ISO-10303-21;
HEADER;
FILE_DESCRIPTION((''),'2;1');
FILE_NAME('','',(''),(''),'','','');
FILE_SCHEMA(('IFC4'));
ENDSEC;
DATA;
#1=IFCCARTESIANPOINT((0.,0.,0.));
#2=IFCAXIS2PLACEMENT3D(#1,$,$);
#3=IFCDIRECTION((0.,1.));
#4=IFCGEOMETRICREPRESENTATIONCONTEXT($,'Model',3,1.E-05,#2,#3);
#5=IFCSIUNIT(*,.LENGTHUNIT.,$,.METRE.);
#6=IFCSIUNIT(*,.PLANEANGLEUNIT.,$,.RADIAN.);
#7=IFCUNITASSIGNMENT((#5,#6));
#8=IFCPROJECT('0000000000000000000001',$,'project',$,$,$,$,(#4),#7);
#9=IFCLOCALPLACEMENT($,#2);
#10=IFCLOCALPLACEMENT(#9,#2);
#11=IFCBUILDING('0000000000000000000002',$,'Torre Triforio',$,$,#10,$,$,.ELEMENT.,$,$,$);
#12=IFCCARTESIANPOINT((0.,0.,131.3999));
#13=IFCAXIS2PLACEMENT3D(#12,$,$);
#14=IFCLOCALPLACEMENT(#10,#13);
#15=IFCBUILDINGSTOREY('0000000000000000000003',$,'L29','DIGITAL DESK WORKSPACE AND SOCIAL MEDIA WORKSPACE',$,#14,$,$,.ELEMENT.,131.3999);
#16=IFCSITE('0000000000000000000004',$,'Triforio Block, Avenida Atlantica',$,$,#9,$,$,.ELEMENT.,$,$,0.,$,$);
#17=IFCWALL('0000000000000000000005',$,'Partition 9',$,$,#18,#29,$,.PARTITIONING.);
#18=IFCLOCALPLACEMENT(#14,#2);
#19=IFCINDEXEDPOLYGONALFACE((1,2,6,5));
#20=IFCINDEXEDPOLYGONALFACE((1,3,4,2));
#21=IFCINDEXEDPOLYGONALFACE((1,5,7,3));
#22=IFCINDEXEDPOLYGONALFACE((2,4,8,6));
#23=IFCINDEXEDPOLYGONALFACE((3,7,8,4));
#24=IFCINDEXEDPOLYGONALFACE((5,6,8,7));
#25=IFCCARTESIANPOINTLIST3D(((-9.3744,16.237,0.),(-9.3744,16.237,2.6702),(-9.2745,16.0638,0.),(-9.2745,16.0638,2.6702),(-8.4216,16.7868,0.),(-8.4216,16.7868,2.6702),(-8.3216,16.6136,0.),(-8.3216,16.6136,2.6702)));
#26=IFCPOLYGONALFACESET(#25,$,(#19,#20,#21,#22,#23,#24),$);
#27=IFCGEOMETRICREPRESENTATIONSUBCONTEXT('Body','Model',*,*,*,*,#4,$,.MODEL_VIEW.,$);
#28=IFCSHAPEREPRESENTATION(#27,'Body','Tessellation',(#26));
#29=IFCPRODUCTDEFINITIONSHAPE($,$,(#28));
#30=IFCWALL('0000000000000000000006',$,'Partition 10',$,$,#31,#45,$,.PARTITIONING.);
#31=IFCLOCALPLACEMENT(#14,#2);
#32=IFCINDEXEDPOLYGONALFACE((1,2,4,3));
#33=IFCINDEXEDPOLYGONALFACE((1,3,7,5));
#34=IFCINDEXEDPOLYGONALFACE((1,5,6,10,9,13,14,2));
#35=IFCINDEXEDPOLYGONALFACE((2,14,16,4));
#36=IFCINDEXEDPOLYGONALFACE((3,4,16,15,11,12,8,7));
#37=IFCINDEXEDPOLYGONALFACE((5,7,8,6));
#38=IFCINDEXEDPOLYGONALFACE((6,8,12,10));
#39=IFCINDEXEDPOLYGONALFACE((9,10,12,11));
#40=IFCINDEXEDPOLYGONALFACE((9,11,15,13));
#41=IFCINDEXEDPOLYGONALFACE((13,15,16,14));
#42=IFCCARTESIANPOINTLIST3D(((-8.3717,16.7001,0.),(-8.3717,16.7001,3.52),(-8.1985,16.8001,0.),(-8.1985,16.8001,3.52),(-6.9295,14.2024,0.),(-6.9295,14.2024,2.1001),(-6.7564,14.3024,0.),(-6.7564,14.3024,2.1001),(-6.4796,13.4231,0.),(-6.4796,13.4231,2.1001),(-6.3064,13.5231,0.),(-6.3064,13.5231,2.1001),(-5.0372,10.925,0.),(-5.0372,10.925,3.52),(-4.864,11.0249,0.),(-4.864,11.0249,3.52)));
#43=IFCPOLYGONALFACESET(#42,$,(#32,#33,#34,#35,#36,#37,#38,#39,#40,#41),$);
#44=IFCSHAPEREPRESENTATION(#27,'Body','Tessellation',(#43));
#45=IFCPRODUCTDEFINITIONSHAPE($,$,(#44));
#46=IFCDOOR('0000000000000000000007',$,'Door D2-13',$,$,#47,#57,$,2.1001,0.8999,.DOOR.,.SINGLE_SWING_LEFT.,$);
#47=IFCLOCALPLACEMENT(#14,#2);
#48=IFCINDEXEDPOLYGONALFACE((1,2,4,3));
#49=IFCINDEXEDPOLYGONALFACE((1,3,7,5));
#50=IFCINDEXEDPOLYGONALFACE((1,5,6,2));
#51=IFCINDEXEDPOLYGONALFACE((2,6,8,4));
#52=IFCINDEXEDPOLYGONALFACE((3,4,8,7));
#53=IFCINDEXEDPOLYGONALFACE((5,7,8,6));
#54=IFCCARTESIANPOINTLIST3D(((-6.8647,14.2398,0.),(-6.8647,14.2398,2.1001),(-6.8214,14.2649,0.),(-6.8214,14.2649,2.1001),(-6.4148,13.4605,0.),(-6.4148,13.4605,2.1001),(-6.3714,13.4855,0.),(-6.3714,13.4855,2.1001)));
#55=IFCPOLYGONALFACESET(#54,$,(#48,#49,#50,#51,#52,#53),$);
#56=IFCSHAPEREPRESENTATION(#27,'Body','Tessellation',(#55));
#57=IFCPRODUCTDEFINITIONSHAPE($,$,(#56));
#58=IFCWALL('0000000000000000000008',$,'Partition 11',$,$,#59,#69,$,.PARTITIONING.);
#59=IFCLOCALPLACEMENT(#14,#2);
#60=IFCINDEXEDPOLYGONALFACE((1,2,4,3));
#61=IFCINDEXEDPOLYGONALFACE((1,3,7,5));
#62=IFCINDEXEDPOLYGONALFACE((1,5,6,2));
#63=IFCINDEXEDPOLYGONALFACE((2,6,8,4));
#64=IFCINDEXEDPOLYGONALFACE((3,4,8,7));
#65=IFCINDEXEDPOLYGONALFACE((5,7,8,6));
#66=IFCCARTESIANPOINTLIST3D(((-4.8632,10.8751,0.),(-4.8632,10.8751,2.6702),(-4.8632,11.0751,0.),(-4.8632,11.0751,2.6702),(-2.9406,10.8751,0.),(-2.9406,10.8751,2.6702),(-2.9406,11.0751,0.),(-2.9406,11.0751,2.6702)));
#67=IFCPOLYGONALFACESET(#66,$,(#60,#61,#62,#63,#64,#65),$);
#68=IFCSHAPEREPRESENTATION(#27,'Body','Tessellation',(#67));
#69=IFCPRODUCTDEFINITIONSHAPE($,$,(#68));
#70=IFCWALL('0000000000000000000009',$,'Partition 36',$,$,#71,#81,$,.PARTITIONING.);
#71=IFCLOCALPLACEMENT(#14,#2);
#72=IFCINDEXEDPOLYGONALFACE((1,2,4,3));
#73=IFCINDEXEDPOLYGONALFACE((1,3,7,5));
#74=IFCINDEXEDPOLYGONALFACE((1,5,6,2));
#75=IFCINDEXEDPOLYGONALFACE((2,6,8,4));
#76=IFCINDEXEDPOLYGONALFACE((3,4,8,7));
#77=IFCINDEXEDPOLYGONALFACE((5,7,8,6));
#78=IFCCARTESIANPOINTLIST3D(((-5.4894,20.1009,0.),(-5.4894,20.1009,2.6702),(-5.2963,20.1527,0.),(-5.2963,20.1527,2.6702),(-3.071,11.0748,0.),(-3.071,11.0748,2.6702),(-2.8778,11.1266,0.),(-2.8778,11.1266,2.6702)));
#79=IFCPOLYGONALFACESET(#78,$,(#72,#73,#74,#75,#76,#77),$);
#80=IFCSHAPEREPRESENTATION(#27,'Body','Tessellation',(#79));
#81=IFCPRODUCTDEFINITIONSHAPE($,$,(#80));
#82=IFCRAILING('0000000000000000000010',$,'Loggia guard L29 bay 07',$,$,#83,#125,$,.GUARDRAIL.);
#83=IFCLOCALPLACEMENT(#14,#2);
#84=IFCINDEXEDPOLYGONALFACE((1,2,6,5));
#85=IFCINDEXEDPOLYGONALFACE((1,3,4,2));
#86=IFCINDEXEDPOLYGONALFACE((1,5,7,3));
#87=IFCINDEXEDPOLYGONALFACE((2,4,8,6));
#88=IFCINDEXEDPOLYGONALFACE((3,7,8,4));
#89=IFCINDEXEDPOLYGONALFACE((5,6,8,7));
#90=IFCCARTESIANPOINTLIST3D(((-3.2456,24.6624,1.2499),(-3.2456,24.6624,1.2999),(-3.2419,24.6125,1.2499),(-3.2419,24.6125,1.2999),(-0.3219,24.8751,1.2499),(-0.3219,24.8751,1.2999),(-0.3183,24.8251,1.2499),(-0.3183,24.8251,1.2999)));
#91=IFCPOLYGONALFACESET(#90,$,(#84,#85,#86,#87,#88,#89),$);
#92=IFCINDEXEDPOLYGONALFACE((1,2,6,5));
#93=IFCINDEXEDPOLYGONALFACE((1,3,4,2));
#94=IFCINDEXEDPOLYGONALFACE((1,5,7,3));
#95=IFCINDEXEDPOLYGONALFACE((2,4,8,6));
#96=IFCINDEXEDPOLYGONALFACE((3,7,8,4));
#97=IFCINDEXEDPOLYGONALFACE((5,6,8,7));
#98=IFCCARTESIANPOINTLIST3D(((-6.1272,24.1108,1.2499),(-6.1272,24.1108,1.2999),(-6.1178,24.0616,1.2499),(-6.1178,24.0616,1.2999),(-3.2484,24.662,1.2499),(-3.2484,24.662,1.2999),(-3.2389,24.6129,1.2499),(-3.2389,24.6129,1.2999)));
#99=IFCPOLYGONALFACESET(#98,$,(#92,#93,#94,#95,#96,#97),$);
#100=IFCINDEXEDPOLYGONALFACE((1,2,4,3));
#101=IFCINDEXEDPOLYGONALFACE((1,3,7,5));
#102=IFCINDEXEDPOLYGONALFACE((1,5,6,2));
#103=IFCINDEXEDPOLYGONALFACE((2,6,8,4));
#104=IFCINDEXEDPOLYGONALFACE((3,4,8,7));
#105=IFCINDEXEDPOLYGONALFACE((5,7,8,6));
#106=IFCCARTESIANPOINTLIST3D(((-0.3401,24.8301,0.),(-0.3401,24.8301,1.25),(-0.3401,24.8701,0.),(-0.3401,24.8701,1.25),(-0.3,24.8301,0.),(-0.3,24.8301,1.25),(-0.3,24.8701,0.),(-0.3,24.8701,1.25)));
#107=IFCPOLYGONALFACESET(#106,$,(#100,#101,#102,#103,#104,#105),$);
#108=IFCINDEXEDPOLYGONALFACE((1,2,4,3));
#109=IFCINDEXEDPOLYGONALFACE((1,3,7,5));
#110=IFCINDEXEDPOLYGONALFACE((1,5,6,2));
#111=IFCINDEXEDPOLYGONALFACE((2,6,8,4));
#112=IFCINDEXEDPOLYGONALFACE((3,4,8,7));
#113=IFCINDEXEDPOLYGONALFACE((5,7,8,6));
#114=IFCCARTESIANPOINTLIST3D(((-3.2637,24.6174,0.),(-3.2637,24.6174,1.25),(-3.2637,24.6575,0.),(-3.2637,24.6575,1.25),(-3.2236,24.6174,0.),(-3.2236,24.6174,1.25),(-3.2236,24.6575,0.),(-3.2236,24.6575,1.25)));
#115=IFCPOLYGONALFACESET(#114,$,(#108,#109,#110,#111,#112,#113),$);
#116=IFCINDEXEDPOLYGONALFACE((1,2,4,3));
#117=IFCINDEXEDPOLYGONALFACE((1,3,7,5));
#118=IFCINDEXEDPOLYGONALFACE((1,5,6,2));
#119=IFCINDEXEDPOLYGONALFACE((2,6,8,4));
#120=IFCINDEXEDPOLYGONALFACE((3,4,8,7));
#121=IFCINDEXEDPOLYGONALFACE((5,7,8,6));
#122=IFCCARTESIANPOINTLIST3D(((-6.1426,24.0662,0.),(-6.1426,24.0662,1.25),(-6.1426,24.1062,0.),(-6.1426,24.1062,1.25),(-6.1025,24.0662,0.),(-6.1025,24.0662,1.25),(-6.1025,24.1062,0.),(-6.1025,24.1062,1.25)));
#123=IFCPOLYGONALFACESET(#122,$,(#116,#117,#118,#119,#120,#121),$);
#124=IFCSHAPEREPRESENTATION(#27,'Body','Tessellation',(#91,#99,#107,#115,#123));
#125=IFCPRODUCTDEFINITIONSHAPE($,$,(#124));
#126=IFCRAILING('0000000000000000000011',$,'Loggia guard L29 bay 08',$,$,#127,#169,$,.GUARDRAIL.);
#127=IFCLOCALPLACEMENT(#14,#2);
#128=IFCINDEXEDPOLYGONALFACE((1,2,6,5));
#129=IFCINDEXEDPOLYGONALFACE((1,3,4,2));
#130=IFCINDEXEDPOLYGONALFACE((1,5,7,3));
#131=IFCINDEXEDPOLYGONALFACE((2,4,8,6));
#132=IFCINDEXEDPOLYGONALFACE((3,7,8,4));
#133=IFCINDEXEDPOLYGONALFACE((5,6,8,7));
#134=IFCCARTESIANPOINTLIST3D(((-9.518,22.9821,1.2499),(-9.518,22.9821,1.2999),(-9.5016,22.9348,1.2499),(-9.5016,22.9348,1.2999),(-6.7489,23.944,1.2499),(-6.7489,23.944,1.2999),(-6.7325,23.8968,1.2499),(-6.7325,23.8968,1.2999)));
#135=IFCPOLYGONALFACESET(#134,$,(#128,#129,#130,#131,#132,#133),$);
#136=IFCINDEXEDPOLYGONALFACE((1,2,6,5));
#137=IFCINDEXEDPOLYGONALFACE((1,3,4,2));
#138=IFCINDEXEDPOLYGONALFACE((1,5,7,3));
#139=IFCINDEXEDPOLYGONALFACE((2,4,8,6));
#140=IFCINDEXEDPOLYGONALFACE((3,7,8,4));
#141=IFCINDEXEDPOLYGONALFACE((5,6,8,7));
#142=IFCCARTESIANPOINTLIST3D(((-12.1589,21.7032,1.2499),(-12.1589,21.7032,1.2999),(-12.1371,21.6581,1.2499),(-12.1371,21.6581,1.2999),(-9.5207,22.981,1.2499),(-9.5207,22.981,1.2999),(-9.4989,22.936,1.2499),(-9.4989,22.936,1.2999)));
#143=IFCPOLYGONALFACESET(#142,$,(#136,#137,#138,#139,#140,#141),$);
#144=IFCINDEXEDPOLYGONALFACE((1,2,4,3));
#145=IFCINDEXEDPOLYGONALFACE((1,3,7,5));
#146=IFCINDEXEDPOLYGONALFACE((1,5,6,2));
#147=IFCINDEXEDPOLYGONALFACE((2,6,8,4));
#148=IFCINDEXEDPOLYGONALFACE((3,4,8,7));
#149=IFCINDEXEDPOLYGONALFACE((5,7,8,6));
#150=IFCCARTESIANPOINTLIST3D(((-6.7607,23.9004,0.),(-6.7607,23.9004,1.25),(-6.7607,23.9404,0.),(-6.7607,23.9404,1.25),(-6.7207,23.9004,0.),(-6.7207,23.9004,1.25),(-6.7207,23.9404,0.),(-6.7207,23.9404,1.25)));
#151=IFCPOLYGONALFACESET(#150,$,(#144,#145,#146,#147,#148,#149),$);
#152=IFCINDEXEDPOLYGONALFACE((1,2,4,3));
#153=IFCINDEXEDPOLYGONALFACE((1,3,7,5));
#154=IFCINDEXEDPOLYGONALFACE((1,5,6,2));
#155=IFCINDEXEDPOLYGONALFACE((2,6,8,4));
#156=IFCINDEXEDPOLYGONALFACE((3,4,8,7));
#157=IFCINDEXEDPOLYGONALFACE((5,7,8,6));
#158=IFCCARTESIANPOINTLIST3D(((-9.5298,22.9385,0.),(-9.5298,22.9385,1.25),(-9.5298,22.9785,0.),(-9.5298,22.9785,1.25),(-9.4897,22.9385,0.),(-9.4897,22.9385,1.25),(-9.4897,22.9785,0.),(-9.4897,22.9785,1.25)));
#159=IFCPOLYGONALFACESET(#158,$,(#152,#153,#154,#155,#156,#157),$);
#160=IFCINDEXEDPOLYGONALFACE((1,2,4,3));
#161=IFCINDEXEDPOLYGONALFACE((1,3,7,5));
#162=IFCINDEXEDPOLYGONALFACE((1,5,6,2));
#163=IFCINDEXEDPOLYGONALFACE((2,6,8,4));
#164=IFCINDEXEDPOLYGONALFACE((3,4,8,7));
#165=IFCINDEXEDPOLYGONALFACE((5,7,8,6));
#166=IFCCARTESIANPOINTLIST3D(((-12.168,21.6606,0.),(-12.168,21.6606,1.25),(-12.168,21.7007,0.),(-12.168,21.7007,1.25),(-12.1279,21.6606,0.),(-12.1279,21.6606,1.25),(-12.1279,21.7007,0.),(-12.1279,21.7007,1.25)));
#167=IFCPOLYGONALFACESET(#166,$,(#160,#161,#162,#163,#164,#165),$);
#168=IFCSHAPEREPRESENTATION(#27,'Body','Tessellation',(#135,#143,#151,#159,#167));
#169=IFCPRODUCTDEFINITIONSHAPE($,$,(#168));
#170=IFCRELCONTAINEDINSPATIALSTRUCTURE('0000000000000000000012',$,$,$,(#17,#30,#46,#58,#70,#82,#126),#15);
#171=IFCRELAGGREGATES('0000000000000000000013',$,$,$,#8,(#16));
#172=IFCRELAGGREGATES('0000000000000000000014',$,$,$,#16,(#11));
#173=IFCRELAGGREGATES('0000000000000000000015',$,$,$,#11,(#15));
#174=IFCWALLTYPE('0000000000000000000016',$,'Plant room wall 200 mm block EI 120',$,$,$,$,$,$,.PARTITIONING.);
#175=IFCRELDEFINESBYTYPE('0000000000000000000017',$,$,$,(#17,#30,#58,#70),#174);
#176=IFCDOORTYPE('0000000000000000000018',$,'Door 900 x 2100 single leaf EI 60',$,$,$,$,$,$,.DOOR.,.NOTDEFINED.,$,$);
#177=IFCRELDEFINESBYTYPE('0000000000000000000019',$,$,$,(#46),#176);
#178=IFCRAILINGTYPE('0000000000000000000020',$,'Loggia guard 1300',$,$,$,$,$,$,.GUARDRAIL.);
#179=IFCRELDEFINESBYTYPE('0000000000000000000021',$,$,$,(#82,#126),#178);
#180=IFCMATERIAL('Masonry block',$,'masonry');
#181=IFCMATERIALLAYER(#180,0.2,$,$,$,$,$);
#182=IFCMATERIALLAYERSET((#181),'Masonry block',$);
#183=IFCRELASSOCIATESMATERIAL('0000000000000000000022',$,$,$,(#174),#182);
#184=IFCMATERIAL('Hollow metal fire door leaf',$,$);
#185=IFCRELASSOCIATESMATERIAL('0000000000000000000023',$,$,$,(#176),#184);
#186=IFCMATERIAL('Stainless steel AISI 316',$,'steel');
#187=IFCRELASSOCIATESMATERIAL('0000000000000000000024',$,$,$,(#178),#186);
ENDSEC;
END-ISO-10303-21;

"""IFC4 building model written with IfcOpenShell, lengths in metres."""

from ifc_helpers import new_model, si_unit, direction, frame, frame_2d, origin, origin_2d, place, context, subcontext, project, spatial, rectangle, extrude, material, layer, layer_set, type_object, element, fill, save


model = new_model("IFC4")

# Units and contexts
model_context = context("Model", 3, precision=1e-05, world=origin(), true_north=direction((0.0, 1.0)))
body_context = subcontext(model_context, "Body", "Model", "MODEL_VIEW")
ifc_project = project(units=[si_unit("LENGTHUNIT", "METRE"), si_unit("PLANEANGLEUNIT", "RADIAN")], contexts=[model_context])

# Site, building, storey
site_placement = place(None, origin())
site = spatial("IfcSite", under=ifc_project, at=site_placement, Name="Triforio Block, Avenida Atlantica", CompositionType="ELEMENT", RefElevation=0.0)
building_placement = place(site_placement, origin())
building = spatial("IfcBuilding", under=site, at=building_placement, Name="Torre Triforio", CompositionType="ELEMENT")
storey_placement = place(building_placement, frame((0.0, 0.0, 131.3999)))
storey = spatial("IfcBuildingStorey", under=building, at=storey_placement, Name="L29", Description="DIGITAL DESK WORKSPACE AND SOCIAL MEDIA WORKSPACE", CompositionType="ELEMENT", Elevation=131.3999)

# Shared definitions
ifc_material_1 = material(Name="Hollow metal fire door leaf")

# Wall
ifc_material_2 = material(Name="Masonry block", Category="masonry")
ifc_layer_1 = layer(ifc_material_2, 0.2)
ifc_layer_set_1 = layer_set([ifc_layer_1], Name="Masonry block")
wall_type_1 = type_object("IfcWallType", Name="Plant room wall 200 mm block EI 120", PredefinedType="PARTITIONING", material=ifc_layer_set_1)
wall_1_placement = place(storey_placement, frame((-9.3245, 16.1504, 0.0), z_axis=(0.0, 0.0, 1.0), x_axis=(0.86616, 0.499767, 0.0)))
element("IfcWall", 1, at=wall_1_placement, inside=storey, type_object=wall_type_1, Name="Partition 9", PredefinedType="PARTITIONING", context=body_context, shape_type="SweptSolid", body=[
    extrude(rectangle(XDim=1.1001, YDim=0.2, at=frame_2d((0.55, 0.0))), origin(), (0.0, 0.0, 1.0), 2.6702),
])

# Wall, opening, door
wall_2_placement = place(storey_placement, frame((-8.2852, 16.7502, 0.0), z_axis=(0.0, 0.0, 1.0), x_axis=(0.500021, -0.866013, 0.0)))
wall_2 = element("IfcWall", 2, at=wall_2_placement, inside=storey, type_object=wall_type_1, Name="Partition 10", PredefinedType="PARTITIONING", context=body_context, shape_type="SweptSolid", body=[
    extrude(rectangle(XDim=6.6687, YDim=0.2, at=frame_2d((3.3345, 0.0))), origin(), (0.0, 0.0, 1.0), 3.52),
])
opening_1_placement = place(wall_2_placement, frame((2.8843, 0.0, 0.0)))
opening_1 = element("IfcOpeningElement", 3, at=opening_1_placement, cuts=wall_2, PredefinedType="OPENING", context=body_context, shape_type="SweptSolid", body=[
    extrude(rectangle(XDim=0.8999, YDim=2.1001, at=frame_2d((0.45, 1.05))), frame((0.0, 0.1099, 0.0), z_axis=(0.0, -1.0, 0.0), x_axis=(1.0, 0.0, 0.0)), (0.0, 0.0, 1.0), 0.22),
])
door_type_1 = type_object("IfcDoorType", Name="Door 900 x 2100 single leaf EI 60", OperationType="NOTDEFINED", PredefinedType="DOOR", material=ifc_material_1)
door_1_placement = place(opening_1_placement, origin())
door_1 = element("IfcDoor", 4, at=door_1_placement, inside=storey, type_object=door_type_1, Name="Door D2-13", OperationType="SINGLE_SWING_LEFT", OverallHeight=2.1001, OverallWidth=0.8999, PredefinedType="DOOR", context=body_context, shape_type="SweptSolid", body=[
    extrude(rectangle(XDim=0.8999, YDim=2.1001, at=frame_2d((0.45, 1.05))), frame((0.0, 0.0249, 0.0), z_axis=(0.0, -1.0, 0.0), x_axis=(1.0, 0.0, 0.0)), (0.0, 0.0, 1.0), 0.05),
])
fill(opening_1, door_1)

# Walls
wall_3_placement = place(storey_placement, frame((-4.8633, 10.9751, 0.0), z_axis=(0.0, 0.0, 1.0), x_axis=(1.0, 0.0, 0.0)))
element("IfcWall", 5, at=wall_3_placement, inside=storey, type_object=wall_type_1, Name="Partition 11", PredefinedType="PARTITIONING", context=body_context, shape_type="SweptSolid", body=[
    extrude(rectangle(XDim=1.9226, YDim=0.2, at=frame_2d((0.9614, 0.0))), origin(), (0.0, 0.0, 1.0), 2.6702),
])
wall_4_placement = place(storey_placement, frame((-2.9744, 11.1006, 0.0), z_axis=(0.0, 0.0, 1.0), x_axis=(-0.258811, 0.965928, 0.0)))
element("IfcWall", 6, at=wall_4_placement, inside=storey, type_object=wall_type_1, Name="Partition 36", PredefinedType="PARTITIONING", context=body_context, shape_type="SweptSolid", body=[
    extrude(rectangle(XDim=9.3445, YDim=0.2, at=frame_2d((4.6724, 0.0))), origin(), (0.0, 0.0, 1.0), 2.6702),
])

# Railings
ifc_material_3 = material(Name="Stainless steel AISI 316", Category="steel")
railing_type = type_object("IfcRailingType", Name="Loggia guard 1300", PredefinedType="GUARDRAIL", material=ifc_material_3)
railing_1_placement = place(storey_placement, frame((-0.3201, 24.8501, 0.0)))
element("IfcRailing", 7, at=railing_1_placement, inside=storey, type_object=railing_type, Name="Loggia guard L29 bay 07", PredefinedType="GUARDRAIL", context=body_context, shape_type="SweptSolid", body=[
    extrude(rectangle(XDim=0.05, YDim=0.05, at=origin_2d()), frame((0.0, 0.0, 1.2749), z_axis=(-0.997365, -0.072543, 0.0), x_axis=(0.072543, -0.997365, 0.0)), (0.0, 0.0, 1.0), 2.9314),
    extrude(rectangle(XDim=0.05, YDim=0.05, at=origin_2d()), frame((-2.9236, -0.2126, 1.2749), z_axis=(-0.982156, -0.188069, 0.0), x_axis=(0.188069, -0.982156, 0.0)), (0.0, 0.0, 1.0), 2.9312),
    extrude(rectangle(XDim=0.04, YDim=0.04, at=origin_2d()), origin(), (0.0, 0.0, 1.0), 1.25),
    extrude(rectangle(XDim=0.04, YDim=0.04, at=origin_2d()), frame((-2.9236, -0.2126, 0.0)), (0.0, 0.0, 1.0), 1.25),
    extrude(rectangle(XDim=0.04, YDim=0.04, at=origin_2d()), frame((-5.8025, -0.7639, 0.0)), (0.0, 0.0, 1.0), 1.25),
])
railing_2_placement = place(storey_placement, frame((-6.7407, 23.9204, 0.0)))
element("IfcRailing", 8, at=railing_2_placement, inside=storey, type_object=railing_type, Name="Loggia guard L29 bay 08", PredefinedType="GUARDRAIL", context=body_context, shape_type="SweptSolid", body=[
    extrude(rectangle(XDim=0.05, YDim=0.05, at=origin_2d()), frame((0.0, 0.0, 1.2749), z_axis=(-0.944627, -0.328146, 0.0), x_axis=(0.328146, -0.944627, 0.0)), (0.0, 0.0, 1.0), 2.9314),
    extrude(rectangle(XDim=0.05, YDim=0.05, at=origin_2d()), frame((-2.769, -0.9619, 1.2749), z_axis=(-0.899986, -0.435918, 0.0), x_axis=(0.435918, -0.899986, 0.0)), (0.0, 0.0, 1.0), 2.9314),
    extrude(rectangle(XDim=0.04, YDim=0.04, at=origin_2d()), origin(), (0.0, 0.0, 1.0), 1.25),
    extrude(rectangle(XDim=0.04, YDim=0.04, at=origin_2d()), frame((-2.769, -0.9619, 0.0)), (0.0, 0.0, 1.0), 1.25),
    extrude(rectangle(XDim=0.04, YDim=0.04, at=origin_2d()), frame((-5.4072, -2.2397, 0.0)), (0.0, 0.0, 1.0), 1.25),
])

save(model, "model.ifc")
